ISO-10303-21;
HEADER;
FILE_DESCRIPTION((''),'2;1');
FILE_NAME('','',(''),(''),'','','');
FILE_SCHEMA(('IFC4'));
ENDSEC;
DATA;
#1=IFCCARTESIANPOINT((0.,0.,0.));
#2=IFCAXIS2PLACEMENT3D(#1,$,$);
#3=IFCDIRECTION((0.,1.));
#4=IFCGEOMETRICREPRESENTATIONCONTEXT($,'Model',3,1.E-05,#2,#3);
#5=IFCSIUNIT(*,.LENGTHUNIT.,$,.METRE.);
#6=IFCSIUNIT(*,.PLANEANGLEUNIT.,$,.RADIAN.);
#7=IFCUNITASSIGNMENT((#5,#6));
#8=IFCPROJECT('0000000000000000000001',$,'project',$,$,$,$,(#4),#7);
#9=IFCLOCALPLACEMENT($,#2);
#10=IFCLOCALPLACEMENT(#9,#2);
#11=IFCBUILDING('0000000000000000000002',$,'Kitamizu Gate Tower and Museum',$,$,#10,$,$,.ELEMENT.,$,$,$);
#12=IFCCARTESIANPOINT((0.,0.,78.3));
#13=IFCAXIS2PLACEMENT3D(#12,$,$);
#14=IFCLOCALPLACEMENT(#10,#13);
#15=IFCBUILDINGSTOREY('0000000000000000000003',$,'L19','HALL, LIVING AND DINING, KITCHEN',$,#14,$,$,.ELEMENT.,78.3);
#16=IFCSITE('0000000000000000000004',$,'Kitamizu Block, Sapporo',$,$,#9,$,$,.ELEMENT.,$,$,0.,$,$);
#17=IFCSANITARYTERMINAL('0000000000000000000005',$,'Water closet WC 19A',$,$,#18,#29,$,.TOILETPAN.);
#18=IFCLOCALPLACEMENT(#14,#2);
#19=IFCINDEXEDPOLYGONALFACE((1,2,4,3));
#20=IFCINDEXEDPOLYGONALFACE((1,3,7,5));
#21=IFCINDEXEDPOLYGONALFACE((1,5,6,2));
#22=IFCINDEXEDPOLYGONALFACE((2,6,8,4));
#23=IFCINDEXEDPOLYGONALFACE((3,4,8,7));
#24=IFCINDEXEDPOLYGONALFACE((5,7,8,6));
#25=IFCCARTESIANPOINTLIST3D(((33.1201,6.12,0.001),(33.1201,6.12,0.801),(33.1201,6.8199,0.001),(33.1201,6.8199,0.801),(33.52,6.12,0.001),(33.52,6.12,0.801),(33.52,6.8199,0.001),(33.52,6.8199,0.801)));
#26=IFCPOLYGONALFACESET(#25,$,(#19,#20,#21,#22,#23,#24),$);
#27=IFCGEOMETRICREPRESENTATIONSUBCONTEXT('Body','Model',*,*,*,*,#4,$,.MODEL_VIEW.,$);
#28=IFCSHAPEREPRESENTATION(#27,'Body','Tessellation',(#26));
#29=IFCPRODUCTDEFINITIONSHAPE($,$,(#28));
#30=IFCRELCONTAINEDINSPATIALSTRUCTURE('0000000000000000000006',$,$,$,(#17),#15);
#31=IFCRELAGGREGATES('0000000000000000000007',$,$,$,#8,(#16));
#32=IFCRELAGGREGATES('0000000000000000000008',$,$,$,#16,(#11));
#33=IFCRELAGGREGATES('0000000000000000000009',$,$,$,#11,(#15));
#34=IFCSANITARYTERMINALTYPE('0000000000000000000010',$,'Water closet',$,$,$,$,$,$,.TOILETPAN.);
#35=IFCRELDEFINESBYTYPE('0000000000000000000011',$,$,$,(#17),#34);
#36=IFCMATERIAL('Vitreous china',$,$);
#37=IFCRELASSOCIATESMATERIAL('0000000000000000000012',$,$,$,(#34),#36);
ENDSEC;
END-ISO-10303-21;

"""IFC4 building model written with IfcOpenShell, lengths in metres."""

from ifc_helpers import new_model, si_unit, direction, frame, origin, origin_2d, place, context, subcontext, project, spatial, rectangle, extrude, material, type_object, element, save


model = new_model("IFC4")

# Units and contexts
model_context = context("Model", 3, precision=1e-05, world=origin(), true_north=direction((0.0, 1.0)))
body_context = subcontext(model_context, "Body", "Model", "MODEL_VIEW")
ifc_project = project(units=[si_unit("LENGTHUNIT", "METRE"), si_unit("PLANEANGLEUNIT", "RADIAN")], contexts=[model_context])

# Site, building, storey
site_placement = place(None, origin())
site = spatial("IfcSite", under=ifc_project, at=site_placement, Name="Kitamizu Block, Sapporo", CompositionType="ELEMENT", RefElevation=0.0)
building_placement = place(site_placement, origin())
building = spatial("IfcBuilding", under=site, at=building_placement, Name="Kitamizu Gate Tower and Museum", CompositionType="ELEMENT")
storey_placement = place(building_placement, frame((0.0, 0.0, 78.3)))
storey = spatial("IfcBuildingStorey", under=building, at=storey_placement, Name="L19", Description="HALL, LIVING AND DINING, KITCHEN", CompositionType="ELEMENT", Elevation=78.3)

# Sanitary terminal
ifc_material_1 = material(Name="Vitreous china")
sanitary_terminal_type_1 = type_object("IfcSanitaryTerminalType", Name="Water closet", PredefinedType="TOILETPAN", material=ifc_material_1)
sanitary_terminal_1_placement = place(storey_placement, frame((33.3201, 6.47, 0.001), z_axis=(0.0, 0.0, 1.0), x_axis=(1.0, 0.0, 0.0)))
element("IfcSanitaryTerminal", 1, at=sanitary_terminal_1_placement, inside=storey, type_object=sanitary_terminal_type_1, Name="Water closet WC 19A", PredefinedType="TOILETPAN", context=body_context, shape_type="SweptSolid", body=[
    extrude(rectangle(XDim=0.3999, YDim=0.7, at=origin_2d()), origin(), (0.0, 0.0, 1.0), 0.8),
])

save(model, "model.ifc")
